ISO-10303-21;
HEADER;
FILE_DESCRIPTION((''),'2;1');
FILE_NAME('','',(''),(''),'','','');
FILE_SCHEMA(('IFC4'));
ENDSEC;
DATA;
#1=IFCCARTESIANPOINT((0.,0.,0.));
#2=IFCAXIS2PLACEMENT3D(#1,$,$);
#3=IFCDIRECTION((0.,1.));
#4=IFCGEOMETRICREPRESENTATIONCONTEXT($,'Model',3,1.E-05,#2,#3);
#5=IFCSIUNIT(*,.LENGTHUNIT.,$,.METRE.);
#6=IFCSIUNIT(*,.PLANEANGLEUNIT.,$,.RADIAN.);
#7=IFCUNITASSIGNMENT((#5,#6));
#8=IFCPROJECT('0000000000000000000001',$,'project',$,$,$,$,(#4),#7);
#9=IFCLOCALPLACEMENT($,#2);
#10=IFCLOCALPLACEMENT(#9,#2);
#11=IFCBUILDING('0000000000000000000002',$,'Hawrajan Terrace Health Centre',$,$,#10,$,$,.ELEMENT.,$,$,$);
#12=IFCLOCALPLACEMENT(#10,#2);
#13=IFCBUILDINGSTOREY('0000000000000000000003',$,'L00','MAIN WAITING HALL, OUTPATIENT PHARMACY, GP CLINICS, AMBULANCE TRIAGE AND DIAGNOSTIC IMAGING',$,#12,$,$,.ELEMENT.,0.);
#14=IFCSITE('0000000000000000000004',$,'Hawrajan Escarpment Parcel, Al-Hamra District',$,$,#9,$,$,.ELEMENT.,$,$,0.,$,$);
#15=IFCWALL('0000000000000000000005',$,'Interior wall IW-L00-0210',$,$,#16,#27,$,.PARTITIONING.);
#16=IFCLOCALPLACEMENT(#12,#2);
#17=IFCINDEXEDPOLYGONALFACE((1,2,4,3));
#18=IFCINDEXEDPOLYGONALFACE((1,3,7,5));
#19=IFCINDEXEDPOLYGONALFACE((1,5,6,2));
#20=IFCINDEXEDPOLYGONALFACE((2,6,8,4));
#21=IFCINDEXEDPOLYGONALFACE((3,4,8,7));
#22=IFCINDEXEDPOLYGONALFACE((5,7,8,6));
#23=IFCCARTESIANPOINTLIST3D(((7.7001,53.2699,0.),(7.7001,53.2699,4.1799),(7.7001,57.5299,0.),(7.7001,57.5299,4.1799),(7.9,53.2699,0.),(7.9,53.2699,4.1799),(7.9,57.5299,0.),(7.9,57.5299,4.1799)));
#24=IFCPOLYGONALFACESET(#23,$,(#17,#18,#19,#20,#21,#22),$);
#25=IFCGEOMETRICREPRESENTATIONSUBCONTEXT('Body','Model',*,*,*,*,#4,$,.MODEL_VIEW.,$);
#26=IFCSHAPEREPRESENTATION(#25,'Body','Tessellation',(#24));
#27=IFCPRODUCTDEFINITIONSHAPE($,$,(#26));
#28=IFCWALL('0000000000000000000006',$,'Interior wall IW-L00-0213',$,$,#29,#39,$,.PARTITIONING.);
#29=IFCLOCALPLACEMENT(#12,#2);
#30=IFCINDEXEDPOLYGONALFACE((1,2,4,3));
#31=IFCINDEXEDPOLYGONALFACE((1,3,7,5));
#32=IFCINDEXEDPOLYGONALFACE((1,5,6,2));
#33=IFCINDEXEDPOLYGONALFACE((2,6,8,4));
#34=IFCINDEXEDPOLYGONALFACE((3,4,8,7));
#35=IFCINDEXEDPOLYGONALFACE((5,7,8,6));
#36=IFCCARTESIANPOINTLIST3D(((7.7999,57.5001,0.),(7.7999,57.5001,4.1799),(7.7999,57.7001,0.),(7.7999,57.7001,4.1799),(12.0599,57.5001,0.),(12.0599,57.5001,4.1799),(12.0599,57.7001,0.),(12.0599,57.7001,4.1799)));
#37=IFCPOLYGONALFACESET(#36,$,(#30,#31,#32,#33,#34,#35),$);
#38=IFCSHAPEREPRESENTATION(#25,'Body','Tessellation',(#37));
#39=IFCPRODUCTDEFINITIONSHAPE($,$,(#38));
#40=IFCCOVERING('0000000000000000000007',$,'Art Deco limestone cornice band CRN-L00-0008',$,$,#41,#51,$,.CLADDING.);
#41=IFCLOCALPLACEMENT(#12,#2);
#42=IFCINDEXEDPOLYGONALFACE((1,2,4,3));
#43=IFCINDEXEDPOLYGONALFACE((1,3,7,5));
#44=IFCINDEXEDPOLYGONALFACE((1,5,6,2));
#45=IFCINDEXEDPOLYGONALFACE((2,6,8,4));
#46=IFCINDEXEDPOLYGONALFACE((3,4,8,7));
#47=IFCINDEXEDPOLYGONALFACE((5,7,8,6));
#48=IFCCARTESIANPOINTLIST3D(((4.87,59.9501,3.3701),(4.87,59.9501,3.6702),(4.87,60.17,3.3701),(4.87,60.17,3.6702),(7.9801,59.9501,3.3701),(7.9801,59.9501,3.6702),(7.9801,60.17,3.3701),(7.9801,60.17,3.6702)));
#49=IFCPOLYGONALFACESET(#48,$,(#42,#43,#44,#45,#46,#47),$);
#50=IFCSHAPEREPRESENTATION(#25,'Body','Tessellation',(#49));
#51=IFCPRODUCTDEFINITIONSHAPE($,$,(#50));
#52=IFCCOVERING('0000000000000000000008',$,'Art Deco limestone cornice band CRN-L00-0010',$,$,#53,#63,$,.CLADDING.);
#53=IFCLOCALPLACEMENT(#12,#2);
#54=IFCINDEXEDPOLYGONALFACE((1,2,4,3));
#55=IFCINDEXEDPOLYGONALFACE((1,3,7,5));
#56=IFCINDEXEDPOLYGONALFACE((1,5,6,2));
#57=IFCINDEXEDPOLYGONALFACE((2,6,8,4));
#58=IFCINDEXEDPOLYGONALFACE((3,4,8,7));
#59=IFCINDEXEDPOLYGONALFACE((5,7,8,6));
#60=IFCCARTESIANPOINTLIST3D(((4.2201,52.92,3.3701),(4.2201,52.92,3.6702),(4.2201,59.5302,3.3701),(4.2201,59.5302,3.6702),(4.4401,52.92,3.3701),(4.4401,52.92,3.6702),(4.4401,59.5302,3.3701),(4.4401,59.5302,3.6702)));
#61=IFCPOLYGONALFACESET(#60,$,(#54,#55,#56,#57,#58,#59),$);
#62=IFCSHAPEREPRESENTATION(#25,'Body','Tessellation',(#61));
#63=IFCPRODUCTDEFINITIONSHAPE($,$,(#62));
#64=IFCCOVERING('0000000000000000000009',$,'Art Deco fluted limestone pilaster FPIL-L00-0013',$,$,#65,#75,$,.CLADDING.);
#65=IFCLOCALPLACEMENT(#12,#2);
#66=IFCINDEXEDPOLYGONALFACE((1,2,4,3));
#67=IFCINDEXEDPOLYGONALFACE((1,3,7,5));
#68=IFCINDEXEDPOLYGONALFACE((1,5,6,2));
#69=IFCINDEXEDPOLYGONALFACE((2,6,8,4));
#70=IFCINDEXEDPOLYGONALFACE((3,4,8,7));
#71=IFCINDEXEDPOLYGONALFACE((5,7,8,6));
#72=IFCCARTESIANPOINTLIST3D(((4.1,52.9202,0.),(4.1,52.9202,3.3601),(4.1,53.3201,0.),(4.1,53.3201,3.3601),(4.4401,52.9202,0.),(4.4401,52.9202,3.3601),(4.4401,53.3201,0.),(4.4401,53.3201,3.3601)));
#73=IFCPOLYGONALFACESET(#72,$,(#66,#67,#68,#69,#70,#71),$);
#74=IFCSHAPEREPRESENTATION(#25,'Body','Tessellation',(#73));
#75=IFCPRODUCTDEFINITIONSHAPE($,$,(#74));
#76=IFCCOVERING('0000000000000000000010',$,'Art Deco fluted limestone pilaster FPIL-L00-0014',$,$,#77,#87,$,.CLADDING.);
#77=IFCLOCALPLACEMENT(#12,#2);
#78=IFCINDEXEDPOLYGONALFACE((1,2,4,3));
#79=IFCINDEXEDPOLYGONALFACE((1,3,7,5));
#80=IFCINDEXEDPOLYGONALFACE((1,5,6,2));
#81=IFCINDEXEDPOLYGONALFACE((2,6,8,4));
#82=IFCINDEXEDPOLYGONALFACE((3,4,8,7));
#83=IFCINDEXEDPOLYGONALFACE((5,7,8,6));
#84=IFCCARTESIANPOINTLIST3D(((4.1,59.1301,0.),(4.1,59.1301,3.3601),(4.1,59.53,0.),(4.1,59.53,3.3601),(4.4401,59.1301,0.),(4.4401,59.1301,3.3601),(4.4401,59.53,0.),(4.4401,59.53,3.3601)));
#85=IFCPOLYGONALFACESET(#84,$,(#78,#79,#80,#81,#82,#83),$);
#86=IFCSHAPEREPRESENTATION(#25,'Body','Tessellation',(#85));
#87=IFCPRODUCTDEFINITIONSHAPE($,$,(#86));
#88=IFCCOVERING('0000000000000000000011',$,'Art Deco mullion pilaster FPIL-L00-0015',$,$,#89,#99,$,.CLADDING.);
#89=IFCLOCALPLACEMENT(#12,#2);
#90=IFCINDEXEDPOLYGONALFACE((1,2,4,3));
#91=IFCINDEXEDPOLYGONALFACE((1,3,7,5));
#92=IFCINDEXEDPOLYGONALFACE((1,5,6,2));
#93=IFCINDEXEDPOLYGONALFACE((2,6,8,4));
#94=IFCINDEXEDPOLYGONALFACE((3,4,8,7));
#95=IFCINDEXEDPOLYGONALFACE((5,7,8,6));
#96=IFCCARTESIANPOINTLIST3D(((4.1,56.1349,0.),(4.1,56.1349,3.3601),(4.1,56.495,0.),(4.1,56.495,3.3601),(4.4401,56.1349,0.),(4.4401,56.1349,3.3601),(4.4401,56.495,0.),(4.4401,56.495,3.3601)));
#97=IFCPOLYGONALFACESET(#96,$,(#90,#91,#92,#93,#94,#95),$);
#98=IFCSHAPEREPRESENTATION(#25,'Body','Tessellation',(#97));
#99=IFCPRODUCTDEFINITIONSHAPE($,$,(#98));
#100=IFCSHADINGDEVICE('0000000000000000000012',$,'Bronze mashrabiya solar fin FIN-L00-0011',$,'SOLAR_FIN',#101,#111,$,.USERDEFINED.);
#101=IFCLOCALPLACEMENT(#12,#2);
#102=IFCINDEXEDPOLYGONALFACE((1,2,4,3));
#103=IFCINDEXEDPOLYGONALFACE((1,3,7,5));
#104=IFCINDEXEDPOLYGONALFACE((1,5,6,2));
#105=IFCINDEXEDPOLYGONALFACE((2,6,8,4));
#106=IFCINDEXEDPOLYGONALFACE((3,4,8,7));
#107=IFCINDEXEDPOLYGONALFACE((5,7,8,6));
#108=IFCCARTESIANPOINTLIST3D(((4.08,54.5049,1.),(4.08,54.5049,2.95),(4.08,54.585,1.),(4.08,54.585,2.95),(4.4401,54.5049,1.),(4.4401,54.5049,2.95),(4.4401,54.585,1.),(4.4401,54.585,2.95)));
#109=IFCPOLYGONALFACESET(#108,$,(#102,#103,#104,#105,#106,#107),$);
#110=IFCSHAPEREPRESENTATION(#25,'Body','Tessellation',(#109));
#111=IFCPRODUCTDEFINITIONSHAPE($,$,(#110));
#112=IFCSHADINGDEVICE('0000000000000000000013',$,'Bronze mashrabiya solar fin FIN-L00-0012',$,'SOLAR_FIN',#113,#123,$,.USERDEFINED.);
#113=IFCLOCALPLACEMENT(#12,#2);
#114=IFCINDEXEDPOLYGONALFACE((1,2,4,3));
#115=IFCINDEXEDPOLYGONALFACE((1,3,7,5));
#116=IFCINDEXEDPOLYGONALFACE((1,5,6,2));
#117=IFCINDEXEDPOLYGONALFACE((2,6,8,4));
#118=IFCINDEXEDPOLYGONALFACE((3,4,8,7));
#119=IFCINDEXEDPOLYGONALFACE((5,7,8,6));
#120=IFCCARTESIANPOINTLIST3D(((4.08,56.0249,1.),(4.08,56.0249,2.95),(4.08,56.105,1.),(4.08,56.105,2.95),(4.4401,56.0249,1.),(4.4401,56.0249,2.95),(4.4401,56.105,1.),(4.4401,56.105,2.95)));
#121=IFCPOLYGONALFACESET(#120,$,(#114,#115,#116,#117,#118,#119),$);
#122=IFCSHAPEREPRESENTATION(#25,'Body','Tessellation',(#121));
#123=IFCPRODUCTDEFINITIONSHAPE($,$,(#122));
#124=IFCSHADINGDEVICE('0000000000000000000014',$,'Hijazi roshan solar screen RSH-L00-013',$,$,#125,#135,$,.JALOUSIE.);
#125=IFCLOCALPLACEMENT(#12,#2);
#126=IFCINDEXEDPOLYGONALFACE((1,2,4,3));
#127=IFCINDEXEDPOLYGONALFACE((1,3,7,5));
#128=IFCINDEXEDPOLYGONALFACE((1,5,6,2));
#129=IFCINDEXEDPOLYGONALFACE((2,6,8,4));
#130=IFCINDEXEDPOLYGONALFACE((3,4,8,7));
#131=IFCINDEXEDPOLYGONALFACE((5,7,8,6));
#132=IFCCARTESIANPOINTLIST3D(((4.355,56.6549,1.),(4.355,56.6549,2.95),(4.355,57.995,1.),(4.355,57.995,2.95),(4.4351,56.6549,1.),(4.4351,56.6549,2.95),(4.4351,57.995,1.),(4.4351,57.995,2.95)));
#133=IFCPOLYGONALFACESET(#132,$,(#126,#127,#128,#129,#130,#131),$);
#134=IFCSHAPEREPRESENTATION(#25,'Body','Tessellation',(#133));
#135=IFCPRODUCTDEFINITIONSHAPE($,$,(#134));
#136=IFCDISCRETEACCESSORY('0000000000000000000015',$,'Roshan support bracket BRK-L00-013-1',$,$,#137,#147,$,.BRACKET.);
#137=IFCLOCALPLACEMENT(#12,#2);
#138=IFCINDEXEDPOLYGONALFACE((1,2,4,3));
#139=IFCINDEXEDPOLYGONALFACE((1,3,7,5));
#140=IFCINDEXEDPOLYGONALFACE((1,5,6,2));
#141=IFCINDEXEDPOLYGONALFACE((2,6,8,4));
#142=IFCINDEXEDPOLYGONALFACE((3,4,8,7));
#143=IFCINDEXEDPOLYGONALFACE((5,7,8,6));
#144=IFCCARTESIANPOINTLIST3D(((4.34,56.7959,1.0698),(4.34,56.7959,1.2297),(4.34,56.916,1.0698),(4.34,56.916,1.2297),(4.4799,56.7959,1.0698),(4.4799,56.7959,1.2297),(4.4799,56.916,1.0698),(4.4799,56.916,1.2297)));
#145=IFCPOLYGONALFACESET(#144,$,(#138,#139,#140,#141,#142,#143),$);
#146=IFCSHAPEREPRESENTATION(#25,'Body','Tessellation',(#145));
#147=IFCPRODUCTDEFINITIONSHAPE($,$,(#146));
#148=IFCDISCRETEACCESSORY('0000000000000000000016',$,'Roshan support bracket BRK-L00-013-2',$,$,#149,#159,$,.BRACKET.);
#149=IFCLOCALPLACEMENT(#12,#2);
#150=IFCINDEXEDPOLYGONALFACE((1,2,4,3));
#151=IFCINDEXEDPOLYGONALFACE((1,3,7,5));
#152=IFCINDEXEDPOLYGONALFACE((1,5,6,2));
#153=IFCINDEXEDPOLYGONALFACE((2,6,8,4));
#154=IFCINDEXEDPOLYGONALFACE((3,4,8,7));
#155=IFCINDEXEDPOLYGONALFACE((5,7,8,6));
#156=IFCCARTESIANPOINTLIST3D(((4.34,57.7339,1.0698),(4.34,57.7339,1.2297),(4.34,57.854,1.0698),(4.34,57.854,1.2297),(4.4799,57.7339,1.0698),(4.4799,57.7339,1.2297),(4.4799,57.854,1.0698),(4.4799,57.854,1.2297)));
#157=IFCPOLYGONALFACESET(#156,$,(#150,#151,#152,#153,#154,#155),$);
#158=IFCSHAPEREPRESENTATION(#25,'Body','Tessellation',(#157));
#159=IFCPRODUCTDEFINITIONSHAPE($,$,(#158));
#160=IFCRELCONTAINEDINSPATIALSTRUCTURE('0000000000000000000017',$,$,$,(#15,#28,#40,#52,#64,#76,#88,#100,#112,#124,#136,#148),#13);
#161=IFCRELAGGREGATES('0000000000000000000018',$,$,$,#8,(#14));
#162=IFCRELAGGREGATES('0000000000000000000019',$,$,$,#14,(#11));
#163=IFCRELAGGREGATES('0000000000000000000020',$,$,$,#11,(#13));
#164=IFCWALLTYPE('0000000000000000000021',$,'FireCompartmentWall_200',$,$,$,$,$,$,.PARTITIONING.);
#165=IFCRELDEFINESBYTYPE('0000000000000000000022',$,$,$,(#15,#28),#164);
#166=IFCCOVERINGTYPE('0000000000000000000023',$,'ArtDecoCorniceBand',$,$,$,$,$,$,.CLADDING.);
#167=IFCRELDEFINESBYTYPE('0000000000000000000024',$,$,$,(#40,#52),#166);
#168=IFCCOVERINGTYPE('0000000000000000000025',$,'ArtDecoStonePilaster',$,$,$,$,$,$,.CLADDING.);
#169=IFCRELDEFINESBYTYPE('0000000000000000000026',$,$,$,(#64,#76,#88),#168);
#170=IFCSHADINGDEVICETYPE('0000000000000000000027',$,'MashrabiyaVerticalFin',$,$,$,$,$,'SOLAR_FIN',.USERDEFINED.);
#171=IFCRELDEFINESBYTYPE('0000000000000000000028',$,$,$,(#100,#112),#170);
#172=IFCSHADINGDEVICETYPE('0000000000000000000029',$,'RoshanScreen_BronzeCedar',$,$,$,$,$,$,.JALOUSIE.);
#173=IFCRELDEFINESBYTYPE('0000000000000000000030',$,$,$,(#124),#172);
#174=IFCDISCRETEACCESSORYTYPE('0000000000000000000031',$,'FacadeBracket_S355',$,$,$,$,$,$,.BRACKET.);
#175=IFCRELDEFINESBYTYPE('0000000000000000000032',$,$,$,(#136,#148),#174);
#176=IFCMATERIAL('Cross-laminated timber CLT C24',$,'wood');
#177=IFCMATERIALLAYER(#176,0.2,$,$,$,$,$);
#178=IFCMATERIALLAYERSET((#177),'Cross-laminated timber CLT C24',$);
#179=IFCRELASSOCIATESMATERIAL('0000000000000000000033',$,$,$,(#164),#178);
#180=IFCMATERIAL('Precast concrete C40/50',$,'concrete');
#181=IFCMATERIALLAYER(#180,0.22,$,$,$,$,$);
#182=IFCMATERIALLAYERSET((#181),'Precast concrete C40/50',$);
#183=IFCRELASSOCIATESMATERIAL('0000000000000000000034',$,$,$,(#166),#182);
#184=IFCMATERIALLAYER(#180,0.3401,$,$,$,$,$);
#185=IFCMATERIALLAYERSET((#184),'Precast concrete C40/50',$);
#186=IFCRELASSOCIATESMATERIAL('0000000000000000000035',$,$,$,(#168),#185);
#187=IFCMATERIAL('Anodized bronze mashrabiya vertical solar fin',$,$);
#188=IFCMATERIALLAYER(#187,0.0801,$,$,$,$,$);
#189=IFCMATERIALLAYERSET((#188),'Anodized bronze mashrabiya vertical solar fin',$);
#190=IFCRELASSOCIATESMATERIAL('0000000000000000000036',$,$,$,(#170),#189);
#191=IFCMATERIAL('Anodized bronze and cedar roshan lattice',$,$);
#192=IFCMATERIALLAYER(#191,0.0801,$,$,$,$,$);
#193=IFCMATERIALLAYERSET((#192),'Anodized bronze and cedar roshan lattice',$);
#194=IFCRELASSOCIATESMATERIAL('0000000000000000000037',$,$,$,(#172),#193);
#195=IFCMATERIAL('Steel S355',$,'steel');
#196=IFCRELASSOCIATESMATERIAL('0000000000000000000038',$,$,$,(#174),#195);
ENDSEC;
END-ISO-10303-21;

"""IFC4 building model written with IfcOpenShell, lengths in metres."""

from ifc_helpers import new_model, si_unit, direction, frame, frame_2d, origin, origin_2d, place, context, subcontext, project, spatial, rectangle, extrude, material, layer, layer_set, type_object, element, save


model = new_model("IFC4")

# Units and contexts
model_context = context("Model", 3, precision=1e-05, world=origin(), true_north=direction((0.0, 1.0)))
body_context = subcontext(model_context, "Body", "Model", "MODEL_VIEW")
ifc_project = project(units=[si_unit("LENGTHUNIT", "METRE"), si_unit("PLANEANGLEUNIT", "RADIAN")], contexts=[model_context])

# Site, building, storey
site_placement = place(None, origin())
site = spatial("IfcSite", under=ifc_project, at=site_placement, Name="Hawrajan Escarpment Parcel, Al-Hamra District", CompositionType="ELEMENT", RefElevation=0.0)
building_placement = place(site_placement, origin())
building = spatial("IfcBuilding", under=site, at=building_placement, Name="Hawrajan Terrace Health Centre", CompositionType="ELEMENT")
storey_placement = place(building_placement, origin())
storey = spatial("IfcBuildingStorey", under=building, at=storey_placement, Name="L00", Description="MAIN WAITING HALL, OUTPATIENT PHARMACY, GP CLINICS, AMBULANCE TRIAGE AND DIAGNOSTIC IMAGING", CompositionType="ELEMENT", Elevation=0.0)

# Shared definitions
ifc_material_1 = material(Name="Precast concrete C40/50", Category="concrete")

# Wall
ifc_material_2 = material(Name="Cross-laminated timber CLT C24", Category="wood")
ifc_layer_1 = layer(ifc_material_2, 0.2)
ifc_layer_set_1 = layer_set([ifc_layer_1], Name="Cross-laminated timber CLT C24")
wall_type_1 = type_object("IfcWallType", Name="FireCompartmentWall_200", PredefinedType="PARTITIONING", material=ifc_layer_set_1)
wall_1_placement = place(storey_placement, frame((7.8, 53.27, 0.0), z_axis=(0.0, 0.0, 1.0), x_axis=(0.0, 1.0, 0.0)))
element("IfcWall", 1, at=wall_1_placement, inside=storey, type_object=wall_type_1, Name="Interior wall IW-L00-0210", PredefinedType="PARTITIONING", context=body_context, shape_type="SweptSolid", body=[
    extrude(rectangle(XDim=4.26, YDim=0.2, at=frame_2d((2.1299, 0.0))), origin(), (0.0, 0.0, 1.0), 4.1799),
])

# Wall
wall_2_placement = place(storey_placement, frame((7.8, 57.6001, 0.0), z_axis=(0.0, 0.0, 1.0), x_axis=(1.0, 0.0, 0.0)))
element("IfcWall", 2, at=wall_2_placement, inside=storey, type_object=wall_type_1, Name="Interior wall IW-L00-0213", PredefinedType="PARTITIONING", context=body_context, shape_type="SweptSolid", body=[
    extrude(rectangle(XDim=4.26, YDim=0.2, at=frame_2d((2.1299, 0.0))), origin(), (0.0, 0.0, 1.0), 4.1799),
])

# Coverings
ifc_layer_2 = layer(ifc_material_1, 0.22)
ifc_layer_set_2 = layer_set([ifc_layer_2], Name="Precast concrete C40/50")
covering_type_1 = type_object("IfcCoveringType", Name="ArtDecoCorniceBand", PredefinedType="CLADDING", material=ifc_layer_set_2)
covering_1_placement = place(storey_placement, frame((6.425, 60.0601, 3.3701), z_axis=(0.0, 0.0, 1.0), x_axis=(1.0, 0.0, 0.0)))
element("IfcCovering", 3, at=covering_1_placement, inside=storey, type_object=covering_type_1, Name="Art Deco limestone cornice band CRN-L00-0008", PredefinedType="CLADDING", context=body_context, shape_type="SweptSolid", body=[
    extrude(rectangle(XDim=3.1101, YDim=0.22, at=origin_2d()), origin(), (0.0, 0.0, 1.0), 0.3),
])
covering_2_placement = place(storey_placement, frame((4.3301, 56.2251, 3.3701), z_axis=(0.0, 0.0, 1.0), x_axis=(0.0, 1.0, 0.0)))
element("IfcCovering", 4, at=covering_2_placement, inside=storey, type_object=covering_type_1, Name="Art Deco limestone cornice band CRN-L00-0010", PredefinedType="CLADDING", context=body_context, shape_type="SweptSolid", body=[
    extrude(rectangle(XDim=6.6101, YDim=0.22, at=origin_2d()), origin(), (0.0, 0.0, 1.0), 0.3),
])
ifc_layer_3 = layer(ifc_material_1, 0.3401)
ifc_layer_set_3 = layer_set([ifc_layer_3], Name="Precast concrete C40/50")
covering_type_2 = type_object("IfcCoveringType", Name="ArtDecoStonePilaster", PredefinedType="CLADDING", material=ifc_layer_set_3)
for number, where, z_axis, x_axis, name in (
    (5, (4.27, 53.1201, 0.0), (0.0, 0.0, 1.0), (0.0, 1.0, 0.0), "Art Deco fluted limestone pilaster FPIL-L00-0013"),
    (6, (4.27, 59.3301, 0.0), (0.0, 0.0, 1.0), (0.0, 1.0, 0.0), "Art Deco fluted limestone pilaster FPIL-L00-0014"),
):
    element("IfcCovering", number, at=place(storey_placement, frame(where, z_axis=z_axis, x_axis=x_axis)), inside=storey, type_object=covering_type_2, Name=name, PredefinedType="CLADDING", context=body_context, shape_type="SweptSolid", body=[
        extrude(rectangle(XDim=0.3999, YDim=0.3401, at=origin_2d()), origin(), (0.0, 0.0, 1.0), 3.3601),
    ])
covering_3_placement = place(storey_placement, frame((4.27, 56.3149, 0.0), z_axis=(0.0, 0.0, 1.0), x_axis=(0.0, 1.0, 0.0)))
element("IfcCovering", 7, at=covering_3_placement, inside=storey, type_object=covering_type_2, Name="Art Deco mullion pilaster FPIL-L00-0015", PredefinedType="CLADDING", context=body_context, shape_type="SweptSolid", body=[
    extrude(rectangle(XDim=0.3601, YDim=0.3401, at=origin_2d()), origin(), (0.0, 0.0, 1.0), 3.3601),
])

# Shading devices
ifc_material_3 = material(Name="Anodized bronze mashrabiya vertical solar fin")
ifc_layer_4 = layer(ifc_material_3, 0.0801)
ifc_layer_set_4 = layer_set([ifc_layer_4], Name="Anodized bronze mashrabiya vertical solar fin")
shading_device_type_1 = type_object("IfcShadingDeviceType", Name="MashrabiyaVerticalFin", ElementType="SOLAR_FIN", PredefinedType="USERDEFINED", material=ifc_layer_set_4)
for number, where, z_axis, x_axis, name in (
    (8, (4.26, 54.5449, 1.0), (0.0, 0.0, 1.0), (0.0, 1.0, 0.0), "Bronze mashrabiya solar fin FIN-L00-0011"),
    (9, (4.26, 56.0649, 1.0), (0.0, 0.0, 1.0), (0.0, 1.0, 0.0), "Bronze mashrabiya solar fin FIN-L00-0012"),
):
    element("IfcShadingDevice", number, at=place(storey_placement, frame(where, z_axis=z_axis, x_axis=x_axis)), inside=storey, type_object=shading_device_type_1, Name=name, ObjectType="SOLAR_FIN", PredefinedType="USERDEFINED", context=body_context, shape_type="SweptSolid", body=[
        extrude(rectangle(XDim=0.0801, YDim=0.3601, at=origin_2d()), origin(), (0.0, 0.0, 1.0), 1.95),
    ])
ifc_material_4 = material(Name="Anodized bronze and cedar roshan lattice")
ifc_layer_5 = layer(ifc_material_4, 0.0801)
ifc_layer_set_5 = layer_set([ifc_layer_5], Name="Anodized bronze and cedar roshan lattice")
shading_device_type_2 = type_object("IfcShadingDeviceType", Name="RoshanScreen_BronzeCedar", PredefinedType="JALOUSIE", material=ifc_layer_set_5)
shading_device_placement = place(storey_placement, frame((4.395, 57.325, 1.0), z_axis=(0.0, 0.0, 1.0), x_axis=(0.0, 1.0, 0.0)))
element("IfcShadingDevice", 10, at=shading_device_placement, inside=storey, type_object=shading_device_type_2, Name="Hijazi roshan solar screen RSH-L00-013", PredefinedType="JALOUSIE", context=body_context, shape_type="SweptSolid", body=[
    extrude(rectangle(XDim=1.3401, YDim=0.0801, at=origin_2d()), origin(), (0.0, 0.0, 1.0), 1.95),
])

# Discrete accessories
ifc_material_5 = material(Name="Steel S355", Category="steel")
discrete_accessory_type = type_object("IfcDiscreteAccessoryType", Name="FacadeBracket_S355", PredefinedType="BRACKET", material=ifc_material_5)
for number, where, z_axis, x_axis, name in (
    (11, (4.4099, 56.856, 1.0698), (0.0, 0.0, 1.0), (0.0, 1.0, 0.0), "Roshan support bracket BRK-L00-013-1"),
    (12, (4.4099, 57.7939, 1.0698), (0.0, 0.0, 1.0), (0.0, 1.0, 0.0), "Roshan support bracket BRK-L00-013-2"),
):
    element("IfcDiscreteAccessory", number, at=place(storey_placement, frame(where, z_axis=z_axis, x_axis=x_axis)), inside=storey, type_object=discrete_accessory_type, Name=name, PredefinedType="BRACKET", context=body_context, shape_type="SweptSolid", body=[
        extrude(rectangle(XDim=0.1201, YDim=0.1399, at=origin_2d()), origin(), (0.0, 0.0, 1.0), 0.1599),
    ])

save(model, "model.ifc")
